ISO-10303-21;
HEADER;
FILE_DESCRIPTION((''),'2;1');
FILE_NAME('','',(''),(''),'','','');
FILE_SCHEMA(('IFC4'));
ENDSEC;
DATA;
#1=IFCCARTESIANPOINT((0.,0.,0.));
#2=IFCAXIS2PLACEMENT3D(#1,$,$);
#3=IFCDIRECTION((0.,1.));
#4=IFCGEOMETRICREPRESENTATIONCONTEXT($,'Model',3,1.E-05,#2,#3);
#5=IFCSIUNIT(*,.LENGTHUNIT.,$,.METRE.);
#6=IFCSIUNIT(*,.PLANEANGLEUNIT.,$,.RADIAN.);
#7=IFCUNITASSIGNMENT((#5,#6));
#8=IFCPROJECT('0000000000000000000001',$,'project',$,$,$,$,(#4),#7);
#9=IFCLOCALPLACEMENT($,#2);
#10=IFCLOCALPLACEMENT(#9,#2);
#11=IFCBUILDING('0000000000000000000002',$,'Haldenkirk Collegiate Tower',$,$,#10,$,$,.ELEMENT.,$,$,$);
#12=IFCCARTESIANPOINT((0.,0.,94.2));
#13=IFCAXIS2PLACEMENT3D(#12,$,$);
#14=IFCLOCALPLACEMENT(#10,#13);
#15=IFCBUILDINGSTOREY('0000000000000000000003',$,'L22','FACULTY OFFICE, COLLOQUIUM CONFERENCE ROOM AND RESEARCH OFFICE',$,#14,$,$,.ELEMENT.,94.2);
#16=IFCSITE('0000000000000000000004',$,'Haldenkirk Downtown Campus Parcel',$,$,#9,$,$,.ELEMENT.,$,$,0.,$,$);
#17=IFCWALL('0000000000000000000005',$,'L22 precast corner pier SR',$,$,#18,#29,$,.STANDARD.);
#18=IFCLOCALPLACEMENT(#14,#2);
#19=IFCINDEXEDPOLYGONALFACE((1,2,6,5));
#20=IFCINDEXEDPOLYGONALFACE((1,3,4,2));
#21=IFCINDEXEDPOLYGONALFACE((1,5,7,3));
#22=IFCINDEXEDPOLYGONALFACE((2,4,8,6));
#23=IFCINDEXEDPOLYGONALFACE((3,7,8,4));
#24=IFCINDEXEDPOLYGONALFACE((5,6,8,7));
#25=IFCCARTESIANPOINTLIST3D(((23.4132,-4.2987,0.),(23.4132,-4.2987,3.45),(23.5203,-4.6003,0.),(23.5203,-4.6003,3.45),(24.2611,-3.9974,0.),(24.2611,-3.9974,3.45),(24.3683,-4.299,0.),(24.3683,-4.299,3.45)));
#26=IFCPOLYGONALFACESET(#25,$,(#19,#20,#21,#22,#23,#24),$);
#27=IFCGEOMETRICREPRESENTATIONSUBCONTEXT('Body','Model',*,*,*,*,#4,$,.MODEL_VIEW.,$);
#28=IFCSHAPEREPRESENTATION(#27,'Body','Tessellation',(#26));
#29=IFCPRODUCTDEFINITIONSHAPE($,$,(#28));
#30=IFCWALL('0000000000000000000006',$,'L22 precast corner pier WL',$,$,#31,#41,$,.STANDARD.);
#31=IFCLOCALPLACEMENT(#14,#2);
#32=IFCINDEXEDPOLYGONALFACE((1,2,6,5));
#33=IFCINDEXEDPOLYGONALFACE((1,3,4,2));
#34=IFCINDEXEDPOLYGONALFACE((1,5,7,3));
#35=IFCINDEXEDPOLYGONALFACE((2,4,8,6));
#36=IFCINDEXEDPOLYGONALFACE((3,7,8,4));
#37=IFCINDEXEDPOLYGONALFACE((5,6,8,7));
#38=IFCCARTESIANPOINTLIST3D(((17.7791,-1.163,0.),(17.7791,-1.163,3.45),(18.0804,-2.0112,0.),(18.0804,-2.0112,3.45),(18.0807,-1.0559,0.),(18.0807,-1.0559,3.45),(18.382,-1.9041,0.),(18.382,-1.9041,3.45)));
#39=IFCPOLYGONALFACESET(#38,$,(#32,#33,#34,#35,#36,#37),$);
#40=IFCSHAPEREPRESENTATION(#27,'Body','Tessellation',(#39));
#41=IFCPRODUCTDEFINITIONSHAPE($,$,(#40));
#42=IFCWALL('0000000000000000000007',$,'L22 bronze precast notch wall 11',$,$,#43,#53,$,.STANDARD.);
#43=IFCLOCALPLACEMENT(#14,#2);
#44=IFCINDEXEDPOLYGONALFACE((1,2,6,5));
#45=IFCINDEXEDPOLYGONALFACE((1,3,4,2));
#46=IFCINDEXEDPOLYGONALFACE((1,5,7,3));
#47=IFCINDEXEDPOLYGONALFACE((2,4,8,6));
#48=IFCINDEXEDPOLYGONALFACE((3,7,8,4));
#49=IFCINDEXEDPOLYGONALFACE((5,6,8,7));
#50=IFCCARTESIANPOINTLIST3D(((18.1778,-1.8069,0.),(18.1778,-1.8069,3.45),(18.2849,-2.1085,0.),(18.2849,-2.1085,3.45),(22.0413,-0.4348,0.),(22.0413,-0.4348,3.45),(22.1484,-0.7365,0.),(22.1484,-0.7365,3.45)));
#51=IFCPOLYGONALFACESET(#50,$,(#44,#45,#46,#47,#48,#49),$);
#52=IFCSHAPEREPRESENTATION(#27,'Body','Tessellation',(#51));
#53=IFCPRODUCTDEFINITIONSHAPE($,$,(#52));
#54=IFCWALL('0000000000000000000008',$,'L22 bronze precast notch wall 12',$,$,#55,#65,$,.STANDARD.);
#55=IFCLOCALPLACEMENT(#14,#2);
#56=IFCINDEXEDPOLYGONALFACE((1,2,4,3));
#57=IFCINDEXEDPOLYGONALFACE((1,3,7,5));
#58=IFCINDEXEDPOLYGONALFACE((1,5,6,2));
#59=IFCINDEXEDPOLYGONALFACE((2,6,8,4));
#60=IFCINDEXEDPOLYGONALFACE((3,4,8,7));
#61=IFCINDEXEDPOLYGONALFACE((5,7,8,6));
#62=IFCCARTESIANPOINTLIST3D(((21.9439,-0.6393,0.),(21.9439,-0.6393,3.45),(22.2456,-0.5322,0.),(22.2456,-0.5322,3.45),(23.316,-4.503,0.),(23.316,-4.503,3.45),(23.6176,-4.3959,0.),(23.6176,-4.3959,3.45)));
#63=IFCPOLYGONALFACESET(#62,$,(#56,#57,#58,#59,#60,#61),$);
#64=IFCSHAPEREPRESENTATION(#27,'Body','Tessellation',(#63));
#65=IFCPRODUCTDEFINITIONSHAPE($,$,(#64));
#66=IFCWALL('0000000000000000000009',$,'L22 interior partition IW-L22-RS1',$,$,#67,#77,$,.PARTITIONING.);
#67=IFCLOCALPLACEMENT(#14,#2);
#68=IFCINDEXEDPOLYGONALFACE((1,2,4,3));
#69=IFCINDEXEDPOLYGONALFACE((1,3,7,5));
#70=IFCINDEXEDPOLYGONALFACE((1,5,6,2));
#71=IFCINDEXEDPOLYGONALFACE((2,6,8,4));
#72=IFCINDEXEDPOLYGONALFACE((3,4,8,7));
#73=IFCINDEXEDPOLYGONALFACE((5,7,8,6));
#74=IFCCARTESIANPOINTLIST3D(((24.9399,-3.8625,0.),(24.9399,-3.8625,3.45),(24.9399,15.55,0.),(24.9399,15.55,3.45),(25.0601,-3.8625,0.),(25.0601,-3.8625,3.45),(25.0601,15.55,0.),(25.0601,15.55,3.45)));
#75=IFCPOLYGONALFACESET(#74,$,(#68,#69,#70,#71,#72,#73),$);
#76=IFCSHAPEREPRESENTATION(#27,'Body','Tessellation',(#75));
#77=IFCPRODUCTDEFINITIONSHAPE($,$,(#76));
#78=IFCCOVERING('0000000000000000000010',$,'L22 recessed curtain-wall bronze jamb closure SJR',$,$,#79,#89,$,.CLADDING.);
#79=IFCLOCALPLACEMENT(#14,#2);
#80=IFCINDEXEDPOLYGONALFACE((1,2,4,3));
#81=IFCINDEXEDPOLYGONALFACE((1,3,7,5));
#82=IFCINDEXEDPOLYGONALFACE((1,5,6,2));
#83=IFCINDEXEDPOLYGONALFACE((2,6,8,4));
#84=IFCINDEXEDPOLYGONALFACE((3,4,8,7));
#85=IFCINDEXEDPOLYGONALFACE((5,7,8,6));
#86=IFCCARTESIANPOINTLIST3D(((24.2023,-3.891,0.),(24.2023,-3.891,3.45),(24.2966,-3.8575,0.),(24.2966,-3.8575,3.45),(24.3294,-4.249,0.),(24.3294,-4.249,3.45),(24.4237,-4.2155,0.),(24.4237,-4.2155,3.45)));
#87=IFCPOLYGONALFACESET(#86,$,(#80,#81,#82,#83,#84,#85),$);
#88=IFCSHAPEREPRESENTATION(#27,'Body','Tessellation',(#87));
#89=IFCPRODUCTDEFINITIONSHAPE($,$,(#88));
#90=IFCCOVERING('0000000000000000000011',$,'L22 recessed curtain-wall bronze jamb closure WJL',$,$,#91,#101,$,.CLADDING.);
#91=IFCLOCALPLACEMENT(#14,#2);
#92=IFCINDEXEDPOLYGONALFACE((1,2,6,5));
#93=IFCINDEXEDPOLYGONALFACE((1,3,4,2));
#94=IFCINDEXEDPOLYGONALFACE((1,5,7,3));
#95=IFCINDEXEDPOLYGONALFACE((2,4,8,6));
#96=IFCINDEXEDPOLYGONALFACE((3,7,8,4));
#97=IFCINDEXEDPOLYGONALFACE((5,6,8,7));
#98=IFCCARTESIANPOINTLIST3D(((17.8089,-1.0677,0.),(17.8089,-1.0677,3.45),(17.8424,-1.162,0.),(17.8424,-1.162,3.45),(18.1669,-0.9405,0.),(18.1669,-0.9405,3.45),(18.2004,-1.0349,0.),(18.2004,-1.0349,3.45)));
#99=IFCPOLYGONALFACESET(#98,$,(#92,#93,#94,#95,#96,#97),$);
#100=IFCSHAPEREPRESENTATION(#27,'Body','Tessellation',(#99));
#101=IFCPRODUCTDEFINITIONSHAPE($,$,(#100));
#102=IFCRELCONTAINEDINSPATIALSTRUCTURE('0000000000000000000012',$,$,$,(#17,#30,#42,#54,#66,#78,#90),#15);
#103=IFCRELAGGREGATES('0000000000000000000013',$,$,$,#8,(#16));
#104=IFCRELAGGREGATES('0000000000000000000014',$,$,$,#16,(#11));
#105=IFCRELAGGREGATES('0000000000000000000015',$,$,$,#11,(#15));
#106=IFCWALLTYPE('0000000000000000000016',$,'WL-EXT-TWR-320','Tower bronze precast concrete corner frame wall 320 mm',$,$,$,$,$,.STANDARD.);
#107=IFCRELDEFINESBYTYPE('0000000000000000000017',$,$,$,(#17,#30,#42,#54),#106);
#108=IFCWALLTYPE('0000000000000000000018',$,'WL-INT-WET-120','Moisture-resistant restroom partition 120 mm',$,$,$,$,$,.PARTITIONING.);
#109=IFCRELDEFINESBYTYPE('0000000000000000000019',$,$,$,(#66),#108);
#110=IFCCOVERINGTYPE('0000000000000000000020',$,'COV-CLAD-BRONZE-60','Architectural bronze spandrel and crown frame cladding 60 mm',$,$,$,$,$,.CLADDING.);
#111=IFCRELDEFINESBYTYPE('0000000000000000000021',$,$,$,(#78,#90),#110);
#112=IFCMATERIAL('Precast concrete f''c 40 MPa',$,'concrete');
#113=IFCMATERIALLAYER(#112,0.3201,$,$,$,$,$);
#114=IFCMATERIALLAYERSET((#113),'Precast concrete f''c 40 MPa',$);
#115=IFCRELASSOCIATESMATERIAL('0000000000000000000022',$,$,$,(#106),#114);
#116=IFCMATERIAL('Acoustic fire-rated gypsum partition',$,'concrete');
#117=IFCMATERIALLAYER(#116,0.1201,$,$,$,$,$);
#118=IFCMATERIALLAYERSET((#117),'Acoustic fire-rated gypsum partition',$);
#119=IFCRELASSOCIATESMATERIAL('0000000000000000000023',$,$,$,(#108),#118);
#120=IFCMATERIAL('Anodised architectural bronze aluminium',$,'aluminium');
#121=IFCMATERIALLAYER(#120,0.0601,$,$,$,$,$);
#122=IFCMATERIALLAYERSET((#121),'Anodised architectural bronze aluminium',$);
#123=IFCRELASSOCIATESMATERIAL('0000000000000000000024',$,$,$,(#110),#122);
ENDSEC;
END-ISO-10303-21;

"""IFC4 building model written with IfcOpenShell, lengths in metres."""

from ifc_helpers import new_model, si_unit, direction, frame, frame_2d, origin, origin_2d, place, context, subcontext, project, spatial, rectangle, extrude, source, transform, mapped, material, layer, layer_set, type_object, element, save


model = new_model("IFC4")

# Units and contexts
model_context = context("Model", 3, precision=1e-05, world=origin(), true_north=direction((0.0, 1.0)))
body_context = subcontext(model_context, "Body", "Model", "MODEL_VIEW")
ifc_project = project(units=[si_unit("LENGTHUNIT", "METRE"), si_unit("PLANEANGLEUNIT", "RADIAN")], contexts=[model_context])

# Site, building, storey
site_placement = place(None, origin())
site = spatial("IfcSite", under=ifc_project, at=site_placement, Name="Haldenkirk Downtown Campus Parcel", CompositionType="ELEMENT", RefElevation=0.0)
building_placement = place(site_placement, origin())
building = spatial("IfcBuilding", under=site, at=building_placement, Name="Haldenkirk Collegiate Tower", CompositionType="ELEMENT")
storey_placement = place(building_placement, frame((0.0, 0.0, 94.2)))
storey = spatial("IfcBuildingStorey", under=building, at=storey_placement, Name="L22", Description="FACULTY OFFICE, COLLOQUIUM CONFERENCE ROOM AND RESEARCH OFFICE", CompositionType="ELEMENT", Elevation=94.2)

# Shared definitions
ifc_material_1 = material(Name="Anodised architectural bronze aluminium", Category="aluminium")

# Walls
ifc_material_2 = material(Name="Precast concrete f'c 40 MPa", Category="concrete")
ifc_layer_1 = layer(ifc_material_2, 0.3201)
ifc_layer_set_1 = layer_set([ifc_layer_1], Name="Precast concrete f'c 40 MPa")
wall_type_1 = type_object("IfcWallType", Name="WL-EXT-TWR-320", Description="Tower bronze precast concrete corner frame wall 320 mm", PredefinedType="STANDARD", material=ifc_layer_set_1)
wall_1_placement = place(storey_placement, frame((24.3147, -4.1482, 0.0), z_axis=(0.0, 0.0, 1.0), x_axis=(-0.942287, -0.334806, 0.0)))
element("IfcWall", 1, at=wall_1_placement, inside=storey, type_object=wall_type_1, Name="L22 precast corner pier SR", PredefinedType="STANDARD", context=body_context, shape_type="SweptSolid", body=[
    extrude(rectangle(XDim=0.8999, YDim=0.3201, at=frame_2d((0.45, 0.0))), origin(), (0.0, 0.0, 1.0), 3.45),
])
wall_2_placement = place(storey_placement, frame((18.2312, -1.9578, 0.0), z_axis=(0.0, 0.0, 1.0), x_axis=(-0.334721, 0.942317, 0.0)))
element("IfcWall", 2, at=wall_2_placement, inside=storey, type_object=wall_type_1, Name="L22 precast corner pier WL", PredefinedType="STANDARD", context=body_context, shape_type="SweptSolid", body=[
    extrude(rectangle(XDim=0.9001, YDim=0.3201, at=frame_2d((0.4502, 0.0))), origin(), (0.0, 0.0, 1.0), 3.45),
])
wall_3_placement = place(storey_placement, frame((22.0947, -0.5857, 0.0), z_axis=(0.0, 0.0, 1.0), x_axis=(-0.94234, -0.334657, 0.0)))
element("IfcWall", 3, at=wall_3_placement, inside=storey, type_object=wall_type_1, Name="L22 bronze precast notch wall 11", PredefinedType="STANDARD", context=body_context, shape_type="SweptSolid", body=[
    extrude(rectangle(XDim=4.0999, YDim=0.3201, at=frame_2d((2.0498, 0.0))), origin(), (0.0, 0.0, 1.0), 3.45),
])
wall_4_placement = place(storey_placement, frame((23.4668, -4.4495, 0.0), z_axis=(0.0, 0.0, 1.0), x_axis=(-0.334638, 0.942347, 0.0)))
element("IfcWall", 4, at=wall_4_placement, inside=storey, type_object=wall_type_1, Name="L22 bronze precast notch wall 12", PredefinedType="STANDARD", context=body_context, shape_type="SweptSolid", body=[
    extrude(rectangle(XDim=4.1001, YDim=0.3201, at=frame_2d((2.05, 0.0))), origin(), (0.0, 0.0, 1.0), 3.45),
])
ifc_material_3 = material(Name="Acoustic fire-rated gypsum partition", Category="concrete")
ifc_layer_2 = layer(ifc_material_3, 0.1201)
ifc_layer_set_2 = layer_set([ifc_layer_2], Name="Acoustic fire-rated gypsum partition")
wall_type_2 = type_object("IfcWallType", Name="WL-INT-WET-120", Description="Moisture-resistant restroom partition 120 mm", PredefinedType="PARTITIONING", material=ifc_layer_set_2)
wall_5_placement = place(storey_placement, frame((25.0, -3.8625, 0.0), z_axis=(0.0, 0.0, 1.0), x_axis=(0.0, 1.0, 0.0)))
element("IfcWall", 5, at=wall_5_placement, inside=storey, type_object=wall_type_2, Name="L22 interior partition IW-L22-RS1", PredefinedType="PARTITIONING", context=body_context, shape_type="SweptSolid", body=[
    extrude(rectangle(XDim=19.4126, YDim=0.1201, at=frame_2d((9.7063, 0.0))), origin(), (0.0, 0.0, 1.0), 3.45),
])

# Coverings
ifc_layer_3 = layer(ifc_material_1, 0.0601)
ifc_layer_set_3 = layer_set([ifc_layer_3], Name="Anodised architectural bronze aluminium")
covering_type = type_object("IfcCoveringType", Name="COV-CLAD-BRONZE-60", Description="Architectural bronze spandrel and crown frame cladding 60 mm", PredefinedType="CLADDING", material=ifc_layer_set_3)
shared_shape_1 = source(origin(), body_context, "Body", "SweptSolid", [
    extrude(rectangle(XDim=0.1001, YDim=0.3799, at=origin_2d()), origin(), (0.0, 0.0, 1.0), 3.45),
])
for number, where, z_axis, x_axis, name in (
    (6, (24.313, -4.0532, 0.0), (0.0, 0.0, 1.0), (-0.94235, -0.334629, 0.0), "L22 recessed curtain-wall bronze jamb closure SJR"),
    (7, (18.0046, -1.0513, 0.0), (0.0, 0.0, 1.0), (-0.334629, 0.94235, 0.0), "L22 recessed curtain-wall bronze jamb closure WJL"),
):
    element("IfcCovering", number, at=place(storey_placement, frame(where, z_axis=z_axis, x_axis=x_axis)), inside=storey, type_object=covering_type, Name=name, PredefinedType="CLADDING", context=body_context, shape_type="MappedRepresentation", body=[
        mapped(shared_shape_1, transform((0.0, 0.0, 0.0), x_axis=(1.0, 0.0, 0.0), y_axis=(0.0, 1.0, 0.0), z_axis=(0.0, 0.0, 1.0), scale=1.0)),
    ])

save(model, "model.ifc")
